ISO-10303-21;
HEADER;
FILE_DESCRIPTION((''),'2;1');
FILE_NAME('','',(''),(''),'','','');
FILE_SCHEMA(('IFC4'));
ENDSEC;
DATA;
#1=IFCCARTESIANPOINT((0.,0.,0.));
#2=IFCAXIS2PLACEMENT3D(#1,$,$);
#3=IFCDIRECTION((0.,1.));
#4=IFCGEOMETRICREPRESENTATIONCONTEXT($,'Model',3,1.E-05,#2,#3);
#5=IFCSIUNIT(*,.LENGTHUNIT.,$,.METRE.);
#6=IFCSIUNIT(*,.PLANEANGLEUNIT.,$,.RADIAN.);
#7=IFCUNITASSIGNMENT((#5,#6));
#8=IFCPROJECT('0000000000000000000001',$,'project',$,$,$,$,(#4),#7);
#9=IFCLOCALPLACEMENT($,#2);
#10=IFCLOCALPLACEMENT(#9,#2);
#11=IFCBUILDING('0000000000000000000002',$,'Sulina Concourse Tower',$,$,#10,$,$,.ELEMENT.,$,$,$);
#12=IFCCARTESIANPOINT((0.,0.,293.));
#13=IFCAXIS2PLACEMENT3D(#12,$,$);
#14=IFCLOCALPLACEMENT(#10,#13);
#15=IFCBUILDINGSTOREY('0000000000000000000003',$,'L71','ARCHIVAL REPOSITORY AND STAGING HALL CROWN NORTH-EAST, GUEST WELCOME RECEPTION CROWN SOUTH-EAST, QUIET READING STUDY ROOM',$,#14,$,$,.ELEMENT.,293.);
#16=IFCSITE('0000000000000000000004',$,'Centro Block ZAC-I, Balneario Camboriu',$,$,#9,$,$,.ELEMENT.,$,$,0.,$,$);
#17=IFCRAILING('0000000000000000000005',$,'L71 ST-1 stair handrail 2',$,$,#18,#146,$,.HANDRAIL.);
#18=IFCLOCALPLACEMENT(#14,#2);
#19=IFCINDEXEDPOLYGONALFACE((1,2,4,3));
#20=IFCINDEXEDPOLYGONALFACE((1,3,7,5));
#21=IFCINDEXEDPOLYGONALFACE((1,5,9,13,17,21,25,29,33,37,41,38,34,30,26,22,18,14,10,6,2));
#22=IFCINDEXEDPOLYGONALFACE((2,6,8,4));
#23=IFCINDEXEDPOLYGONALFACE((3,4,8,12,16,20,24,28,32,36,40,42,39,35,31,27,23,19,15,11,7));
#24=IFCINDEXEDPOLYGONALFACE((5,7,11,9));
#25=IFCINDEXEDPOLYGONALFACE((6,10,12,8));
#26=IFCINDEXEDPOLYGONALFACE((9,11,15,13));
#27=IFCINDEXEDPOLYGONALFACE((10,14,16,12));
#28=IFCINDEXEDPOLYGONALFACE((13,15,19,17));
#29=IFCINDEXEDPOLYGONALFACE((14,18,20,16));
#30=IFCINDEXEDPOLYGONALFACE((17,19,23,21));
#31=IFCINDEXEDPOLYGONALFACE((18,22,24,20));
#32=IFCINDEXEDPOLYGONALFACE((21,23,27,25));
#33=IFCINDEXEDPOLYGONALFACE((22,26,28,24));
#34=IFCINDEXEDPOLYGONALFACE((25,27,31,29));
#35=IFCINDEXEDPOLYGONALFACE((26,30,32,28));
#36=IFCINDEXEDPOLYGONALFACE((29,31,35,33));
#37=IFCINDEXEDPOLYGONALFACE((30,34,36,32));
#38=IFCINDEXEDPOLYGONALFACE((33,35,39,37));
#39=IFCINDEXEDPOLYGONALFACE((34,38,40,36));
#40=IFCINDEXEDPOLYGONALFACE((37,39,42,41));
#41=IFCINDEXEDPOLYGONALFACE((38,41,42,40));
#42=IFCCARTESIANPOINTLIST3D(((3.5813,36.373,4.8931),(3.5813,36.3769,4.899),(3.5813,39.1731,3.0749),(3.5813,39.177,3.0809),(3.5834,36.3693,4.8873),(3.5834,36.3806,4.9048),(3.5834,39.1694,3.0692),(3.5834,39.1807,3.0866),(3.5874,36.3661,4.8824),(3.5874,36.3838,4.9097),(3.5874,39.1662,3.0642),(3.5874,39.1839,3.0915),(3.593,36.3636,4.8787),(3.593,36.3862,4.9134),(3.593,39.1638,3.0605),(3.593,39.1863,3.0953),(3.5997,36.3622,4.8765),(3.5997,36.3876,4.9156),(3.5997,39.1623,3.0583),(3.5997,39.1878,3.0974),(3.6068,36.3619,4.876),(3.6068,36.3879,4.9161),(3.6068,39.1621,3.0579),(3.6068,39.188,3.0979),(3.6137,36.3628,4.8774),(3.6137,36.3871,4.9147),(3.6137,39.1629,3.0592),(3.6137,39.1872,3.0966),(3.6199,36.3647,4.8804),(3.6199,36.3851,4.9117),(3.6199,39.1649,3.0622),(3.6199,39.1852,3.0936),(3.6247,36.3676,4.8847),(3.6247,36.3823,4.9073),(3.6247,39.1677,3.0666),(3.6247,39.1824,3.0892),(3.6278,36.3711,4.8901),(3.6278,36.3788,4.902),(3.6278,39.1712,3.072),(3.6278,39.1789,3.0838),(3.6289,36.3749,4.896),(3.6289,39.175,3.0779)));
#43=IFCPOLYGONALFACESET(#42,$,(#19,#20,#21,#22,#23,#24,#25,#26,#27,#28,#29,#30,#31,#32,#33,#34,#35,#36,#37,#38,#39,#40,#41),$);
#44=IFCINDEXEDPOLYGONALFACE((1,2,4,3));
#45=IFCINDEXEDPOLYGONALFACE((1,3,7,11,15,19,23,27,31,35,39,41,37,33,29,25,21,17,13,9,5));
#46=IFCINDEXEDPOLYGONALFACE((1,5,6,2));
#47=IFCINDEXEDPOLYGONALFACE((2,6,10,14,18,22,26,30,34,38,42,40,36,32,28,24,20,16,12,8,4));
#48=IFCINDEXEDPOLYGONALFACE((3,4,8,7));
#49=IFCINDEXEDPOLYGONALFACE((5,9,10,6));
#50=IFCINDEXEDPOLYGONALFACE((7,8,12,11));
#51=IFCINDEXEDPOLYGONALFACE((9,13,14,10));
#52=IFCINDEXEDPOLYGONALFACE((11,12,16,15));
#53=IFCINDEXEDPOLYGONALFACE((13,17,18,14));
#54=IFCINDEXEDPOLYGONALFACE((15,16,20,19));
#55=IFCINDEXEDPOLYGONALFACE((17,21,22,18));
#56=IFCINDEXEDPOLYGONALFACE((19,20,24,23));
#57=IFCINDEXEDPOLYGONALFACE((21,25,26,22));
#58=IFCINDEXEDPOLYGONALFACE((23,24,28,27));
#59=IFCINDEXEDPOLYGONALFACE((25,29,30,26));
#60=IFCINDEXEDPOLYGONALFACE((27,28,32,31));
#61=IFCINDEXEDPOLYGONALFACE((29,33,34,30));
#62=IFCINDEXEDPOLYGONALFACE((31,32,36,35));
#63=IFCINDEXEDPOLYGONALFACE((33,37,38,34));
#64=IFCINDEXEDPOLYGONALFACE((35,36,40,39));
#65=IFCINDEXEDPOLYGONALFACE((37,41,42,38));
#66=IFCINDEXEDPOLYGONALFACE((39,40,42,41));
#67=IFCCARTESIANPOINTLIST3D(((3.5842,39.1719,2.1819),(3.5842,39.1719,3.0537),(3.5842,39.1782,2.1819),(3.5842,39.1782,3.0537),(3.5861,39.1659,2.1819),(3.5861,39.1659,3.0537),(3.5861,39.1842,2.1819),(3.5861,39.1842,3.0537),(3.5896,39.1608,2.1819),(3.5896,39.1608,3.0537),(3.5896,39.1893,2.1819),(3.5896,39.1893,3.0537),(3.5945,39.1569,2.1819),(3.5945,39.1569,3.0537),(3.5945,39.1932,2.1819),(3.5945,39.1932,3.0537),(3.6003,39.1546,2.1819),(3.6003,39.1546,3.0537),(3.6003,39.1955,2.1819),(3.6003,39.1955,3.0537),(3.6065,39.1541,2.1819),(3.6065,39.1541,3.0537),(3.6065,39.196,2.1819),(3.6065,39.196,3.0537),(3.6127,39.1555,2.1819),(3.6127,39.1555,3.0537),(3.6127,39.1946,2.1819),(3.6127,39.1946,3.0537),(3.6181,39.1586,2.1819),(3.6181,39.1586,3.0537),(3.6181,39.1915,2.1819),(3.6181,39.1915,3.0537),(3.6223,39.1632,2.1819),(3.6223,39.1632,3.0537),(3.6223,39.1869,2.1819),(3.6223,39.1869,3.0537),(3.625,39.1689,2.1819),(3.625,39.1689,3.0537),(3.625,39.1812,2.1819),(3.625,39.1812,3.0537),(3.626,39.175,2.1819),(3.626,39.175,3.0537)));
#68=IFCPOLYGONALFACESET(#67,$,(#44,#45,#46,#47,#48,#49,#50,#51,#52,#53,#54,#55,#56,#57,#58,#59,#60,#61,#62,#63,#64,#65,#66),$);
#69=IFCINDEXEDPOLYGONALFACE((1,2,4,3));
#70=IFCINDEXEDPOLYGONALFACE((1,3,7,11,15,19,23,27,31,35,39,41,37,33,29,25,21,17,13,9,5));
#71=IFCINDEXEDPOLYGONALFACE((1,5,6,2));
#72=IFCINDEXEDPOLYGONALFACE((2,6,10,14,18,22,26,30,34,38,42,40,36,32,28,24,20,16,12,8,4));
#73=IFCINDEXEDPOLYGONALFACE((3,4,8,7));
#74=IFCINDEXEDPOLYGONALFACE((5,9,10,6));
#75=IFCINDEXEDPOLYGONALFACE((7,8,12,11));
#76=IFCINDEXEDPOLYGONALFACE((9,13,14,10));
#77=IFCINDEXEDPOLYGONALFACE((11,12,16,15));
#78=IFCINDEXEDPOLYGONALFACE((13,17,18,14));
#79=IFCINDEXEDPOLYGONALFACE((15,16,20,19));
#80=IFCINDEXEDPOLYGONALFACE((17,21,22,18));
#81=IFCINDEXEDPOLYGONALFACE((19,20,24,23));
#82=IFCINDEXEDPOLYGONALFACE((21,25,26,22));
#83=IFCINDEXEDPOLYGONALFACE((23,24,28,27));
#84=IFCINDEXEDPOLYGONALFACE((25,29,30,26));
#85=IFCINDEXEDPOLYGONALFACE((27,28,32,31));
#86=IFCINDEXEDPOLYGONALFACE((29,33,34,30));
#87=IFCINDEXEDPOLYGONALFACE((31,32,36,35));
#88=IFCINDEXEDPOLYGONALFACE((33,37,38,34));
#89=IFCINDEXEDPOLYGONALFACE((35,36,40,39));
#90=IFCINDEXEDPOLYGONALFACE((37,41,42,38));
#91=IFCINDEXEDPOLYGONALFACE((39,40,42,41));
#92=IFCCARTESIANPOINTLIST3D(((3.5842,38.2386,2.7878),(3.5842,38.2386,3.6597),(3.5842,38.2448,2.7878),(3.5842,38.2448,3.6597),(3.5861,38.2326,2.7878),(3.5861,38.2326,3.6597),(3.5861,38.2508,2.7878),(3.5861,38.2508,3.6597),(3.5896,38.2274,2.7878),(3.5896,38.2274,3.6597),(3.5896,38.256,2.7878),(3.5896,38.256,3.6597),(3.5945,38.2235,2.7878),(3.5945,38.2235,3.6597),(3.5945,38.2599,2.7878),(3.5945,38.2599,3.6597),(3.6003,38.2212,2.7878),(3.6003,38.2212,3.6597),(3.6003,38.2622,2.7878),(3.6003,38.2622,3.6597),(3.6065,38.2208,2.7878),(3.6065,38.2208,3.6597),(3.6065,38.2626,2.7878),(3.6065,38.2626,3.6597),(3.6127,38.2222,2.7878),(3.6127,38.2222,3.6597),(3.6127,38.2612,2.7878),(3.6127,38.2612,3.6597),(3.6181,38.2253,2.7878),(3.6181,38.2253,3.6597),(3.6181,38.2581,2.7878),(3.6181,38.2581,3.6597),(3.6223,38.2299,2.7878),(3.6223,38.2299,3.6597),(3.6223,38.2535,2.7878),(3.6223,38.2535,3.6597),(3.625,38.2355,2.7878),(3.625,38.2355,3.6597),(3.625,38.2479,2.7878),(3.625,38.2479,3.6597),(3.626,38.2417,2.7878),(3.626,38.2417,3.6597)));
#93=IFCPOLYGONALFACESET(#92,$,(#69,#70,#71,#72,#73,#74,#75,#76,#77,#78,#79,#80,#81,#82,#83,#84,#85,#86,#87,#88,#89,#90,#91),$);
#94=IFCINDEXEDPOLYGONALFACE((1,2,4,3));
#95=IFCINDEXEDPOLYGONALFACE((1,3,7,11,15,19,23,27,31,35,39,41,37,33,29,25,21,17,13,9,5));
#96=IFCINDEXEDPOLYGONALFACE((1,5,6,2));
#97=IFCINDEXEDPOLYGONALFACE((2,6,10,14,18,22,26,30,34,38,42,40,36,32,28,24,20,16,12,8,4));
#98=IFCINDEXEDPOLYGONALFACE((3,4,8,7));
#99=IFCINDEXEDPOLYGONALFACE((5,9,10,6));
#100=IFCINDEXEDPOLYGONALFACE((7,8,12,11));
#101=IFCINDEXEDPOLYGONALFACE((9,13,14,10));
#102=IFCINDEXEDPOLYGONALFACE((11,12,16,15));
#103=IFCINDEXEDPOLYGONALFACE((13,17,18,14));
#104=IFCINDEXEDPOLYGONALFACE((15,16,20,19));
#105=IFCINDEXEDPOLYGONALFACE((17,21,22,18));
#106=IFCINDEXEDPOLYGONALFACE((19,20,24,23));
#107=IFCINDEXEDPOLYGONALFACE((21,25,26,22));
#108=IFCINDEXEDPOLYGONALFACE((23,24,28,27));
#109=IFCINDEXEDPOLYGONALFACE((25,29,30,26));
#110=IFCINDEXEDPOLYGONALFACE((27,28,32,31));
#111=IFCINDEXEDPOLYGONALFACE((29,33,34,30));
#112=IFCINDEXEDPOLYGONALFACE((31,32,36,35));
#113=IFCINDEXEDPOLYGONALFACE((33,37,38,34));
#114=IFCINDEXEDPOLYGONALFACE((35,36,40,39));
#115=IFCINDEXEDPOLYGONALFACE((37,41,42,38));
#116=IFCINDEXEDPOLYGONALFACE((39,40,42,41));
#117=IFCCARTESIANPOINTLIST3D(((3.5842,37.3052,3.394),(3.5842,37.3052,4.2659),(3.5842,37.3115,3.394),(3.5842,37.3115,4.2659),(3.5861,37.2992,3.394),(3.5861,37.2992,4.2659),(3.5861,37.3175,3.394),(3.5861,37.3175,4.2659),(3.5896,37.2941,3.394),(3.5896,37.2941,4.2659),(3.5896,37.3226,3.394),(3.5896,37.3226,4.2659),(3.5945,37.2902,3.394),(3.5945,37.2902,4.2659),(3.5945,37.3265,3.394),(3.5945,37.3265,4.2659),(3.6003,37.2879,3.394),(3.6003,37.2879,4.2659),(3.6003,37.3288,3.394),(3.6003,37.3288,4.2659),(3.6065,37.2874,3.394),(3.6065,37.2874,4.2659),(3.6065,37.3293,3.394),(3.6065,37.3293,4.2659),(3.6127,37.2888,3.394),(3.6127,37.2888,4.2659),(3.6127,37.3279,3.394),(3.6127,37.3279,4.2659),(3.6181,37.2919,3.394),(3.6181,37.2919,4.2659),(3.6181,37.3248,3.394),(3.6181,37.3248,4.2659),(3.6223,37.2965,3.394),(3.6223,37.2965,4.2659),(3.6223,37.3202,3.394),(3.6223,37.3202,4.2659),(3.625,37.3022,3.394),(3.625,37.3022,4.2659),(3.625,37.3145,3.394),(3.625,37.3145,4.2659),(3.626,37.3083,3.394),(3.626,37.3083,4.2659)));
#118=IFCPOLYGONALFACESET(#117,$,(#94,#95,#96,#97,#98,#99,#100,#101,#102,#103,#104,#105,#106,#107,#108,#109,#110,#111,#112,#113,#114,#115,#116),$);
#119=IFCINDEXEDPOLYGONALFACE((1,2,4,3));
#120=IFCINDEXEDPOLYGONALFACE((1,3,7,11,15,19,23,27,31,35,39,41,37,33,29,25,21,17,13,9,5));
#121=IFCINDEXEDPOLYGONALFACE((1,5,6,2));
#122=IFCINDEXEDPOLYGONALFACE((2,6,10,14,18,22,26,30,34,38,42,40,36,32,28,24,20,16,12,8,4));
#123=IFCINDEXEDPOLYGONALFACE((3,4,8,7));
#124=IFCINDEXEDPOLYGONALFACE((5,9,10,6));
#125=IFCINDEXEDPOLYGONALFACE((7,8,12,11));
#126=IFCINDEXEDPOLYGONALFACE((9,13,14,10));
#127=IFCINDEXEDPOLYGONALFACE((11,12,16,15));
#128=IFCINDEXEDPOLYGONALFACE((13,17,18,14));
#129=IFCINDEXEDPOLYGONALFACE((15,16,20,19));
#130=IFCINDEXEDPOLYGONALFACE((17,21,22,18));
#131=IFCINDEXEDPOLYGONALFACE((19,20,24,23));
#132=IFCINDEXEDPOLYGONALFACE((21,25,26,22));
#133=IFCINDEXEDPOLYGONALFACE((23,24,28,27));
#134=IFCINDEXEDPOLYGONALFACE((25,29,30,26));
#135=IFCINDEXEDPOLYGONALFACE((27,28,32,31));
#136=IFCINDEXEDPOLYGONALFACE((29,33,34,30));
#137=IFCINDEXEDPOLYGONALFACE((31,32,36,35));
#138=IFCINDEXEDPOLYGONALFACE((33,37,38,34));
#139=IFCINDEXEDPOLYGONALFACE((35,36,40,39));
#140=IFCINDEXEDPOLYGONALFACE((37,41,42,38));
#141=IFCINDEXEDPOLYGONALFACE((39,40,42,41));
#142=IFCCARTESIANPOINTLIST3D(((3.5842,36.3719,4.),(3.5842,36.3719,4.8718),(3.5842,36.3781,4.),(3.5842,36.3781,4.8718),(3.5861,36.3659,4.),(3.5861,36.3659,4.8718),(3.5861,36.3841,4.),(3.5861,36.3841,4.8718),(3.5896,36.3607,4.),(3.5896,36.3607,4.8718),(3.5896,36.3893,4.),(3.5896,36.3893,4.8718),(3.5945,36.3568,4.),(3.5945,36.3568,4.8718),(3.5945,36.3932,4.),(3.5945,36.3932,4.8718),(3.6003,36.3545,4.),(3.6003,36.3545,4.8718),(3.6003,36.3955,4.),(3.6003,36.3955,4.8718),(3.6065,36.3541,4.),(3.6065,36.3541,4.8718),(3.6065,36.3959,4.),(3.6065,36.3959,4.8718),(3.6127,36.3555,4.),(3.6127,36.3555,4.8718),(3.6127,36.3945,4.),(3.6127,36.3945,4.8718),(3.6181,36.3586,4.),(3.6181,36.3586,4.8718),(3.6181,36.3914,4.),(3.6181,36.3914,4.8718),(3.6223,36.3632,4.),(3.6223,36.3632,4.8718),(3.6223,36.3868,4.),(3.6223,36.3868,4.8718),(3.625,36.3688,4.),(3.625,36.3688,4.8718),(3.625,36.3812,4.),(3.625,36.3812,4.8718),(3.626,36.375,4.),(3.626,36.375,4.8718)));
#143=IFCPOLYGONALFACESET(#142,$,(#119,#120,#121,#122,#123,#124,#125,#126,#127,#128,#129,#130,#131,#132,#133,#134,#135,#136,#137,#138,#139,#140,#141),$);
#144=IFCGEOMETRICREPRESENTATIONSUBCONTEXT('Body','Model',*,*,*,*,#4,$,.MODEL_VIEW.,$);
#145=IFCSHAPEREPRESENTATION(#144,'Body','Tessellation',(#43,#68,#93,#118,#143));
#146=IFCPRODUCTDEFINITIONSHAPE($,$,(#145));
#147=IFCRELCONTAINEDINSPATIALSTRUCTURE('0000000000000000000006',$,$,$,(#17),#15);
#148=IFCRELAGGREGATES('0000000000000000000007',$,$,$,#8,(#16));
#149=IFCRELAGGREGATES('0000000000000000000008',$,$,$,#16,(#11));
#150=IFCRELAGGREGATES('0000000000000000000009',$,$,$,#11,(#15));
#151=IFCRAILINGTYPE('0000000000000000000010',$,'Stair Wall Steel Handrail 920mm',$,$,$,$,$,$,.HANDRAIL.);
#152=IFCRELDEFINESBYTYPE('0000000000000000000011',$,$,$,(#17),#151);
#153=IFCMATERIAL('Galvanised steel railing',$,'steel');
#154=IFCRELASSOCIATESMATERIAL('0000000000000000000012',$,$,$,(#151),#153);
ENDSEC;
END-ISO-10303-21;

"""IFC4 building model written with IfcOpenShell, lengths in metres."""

from ifc_helpers import new_model, si_unit, direction, frame, origin, origin_2d, place, context, subcontext, project, spatial, circle, extrude, material, type_object, element, save


model = new_model("IFC4")

# Units and contexts
model_context = context("Model", 3, precision=1e-05, world=origin(), true_north=direction((0.0, 1.0)))
body_context = subcontext(model_context, "Body", "Model", "MODEL_VIEW")
ifc_project = project(units=[si_unit("LENGTHUNIT", "METRE"), si_unit("PLANEANGLEUNIT", "RADIAN")], contexts=[model_context])

# Site, building, storey
site_placement = place(None, origin())
site = spatial("IfcSite", under=ifc_project, at=site_placement, Name="Centro Block ZAC-I, Balneario Camboriu", CompositionType="ELEMENT", RefElevation=0.0)
building_placement = place(site_placement, origin())
building = spatial("IfcBuilding", under=site, at=building_placement, Name="Sulina Concourse Tower", CompositionType="ELEMENT")
storey_placement = place(building_placement, frame((0.0, 0.0, 293.0)))
storey = spatial("IfcBuildingStorey", under=building, at=storey_placement, Name="L71", Description="ARCHIVAL REPOSITORY AND STAGING HALL CROWN NORTH-EAST, GUEST WELCOME RECEPTION CROWN SOUTH-EAST, QUIET READING STUDY ROOM", CompositionType="ELEMENT", Elevation=293.0)

# Railing
ifc_material_1 = material(Name="Galvanised steel railing", Category="steel")
railing_type_1 = type_object("IfcRailingType", Name="Stair Wall Steel Handrail 920mm", PredefinedType="HANDRAIL", material=ifc_material_1)
for number, where, name in (
    (1, (3.605, 39.175, 2.1819), "L71 ST-1 stair handrail 2"),
):
    element("IfcRailing", number, at=place(storey_placement, frame(where)), inside=storey, type_object=railing_type_1, Name=name, PredefinedType="HANDRAIL", context=body_context, shape_type="SweptSolid", body=[
        extrude(circle(Radius=0.0239, at=origin_2d()), frame((0.0, 0.0, 0.896), z_axis=(0.0, -0.838706, 0.544585), x_axis=(1.0, 0.0, 0.0)), (0.0, 0.0, 1.0), 3.3386),
        extrude(circle(Radius=0.021, at=origin_2d()), origin(), (0.0, 0.0, 1.0), 0.8718),
        extrude(circle(Radius=0.021, at=origin_2d()), frame((0.0, -0.9333, 0.606)), (0.0, 0.0, 1.0), 0.8718),
        extrude(circle(Radius=0.021, at=origin_2d()), frame((0.0, -1.8667, 1.2122)), (0.0, 0.0, 1.0), 0.8718),
        extrude(circle(Radius=0.021, at=origin_2d()), frame((0.0, -2.8, 1.8181)), (0.0, 0.0, 1.0), 0.8718),
    ])

save(model, "model.ifc")
